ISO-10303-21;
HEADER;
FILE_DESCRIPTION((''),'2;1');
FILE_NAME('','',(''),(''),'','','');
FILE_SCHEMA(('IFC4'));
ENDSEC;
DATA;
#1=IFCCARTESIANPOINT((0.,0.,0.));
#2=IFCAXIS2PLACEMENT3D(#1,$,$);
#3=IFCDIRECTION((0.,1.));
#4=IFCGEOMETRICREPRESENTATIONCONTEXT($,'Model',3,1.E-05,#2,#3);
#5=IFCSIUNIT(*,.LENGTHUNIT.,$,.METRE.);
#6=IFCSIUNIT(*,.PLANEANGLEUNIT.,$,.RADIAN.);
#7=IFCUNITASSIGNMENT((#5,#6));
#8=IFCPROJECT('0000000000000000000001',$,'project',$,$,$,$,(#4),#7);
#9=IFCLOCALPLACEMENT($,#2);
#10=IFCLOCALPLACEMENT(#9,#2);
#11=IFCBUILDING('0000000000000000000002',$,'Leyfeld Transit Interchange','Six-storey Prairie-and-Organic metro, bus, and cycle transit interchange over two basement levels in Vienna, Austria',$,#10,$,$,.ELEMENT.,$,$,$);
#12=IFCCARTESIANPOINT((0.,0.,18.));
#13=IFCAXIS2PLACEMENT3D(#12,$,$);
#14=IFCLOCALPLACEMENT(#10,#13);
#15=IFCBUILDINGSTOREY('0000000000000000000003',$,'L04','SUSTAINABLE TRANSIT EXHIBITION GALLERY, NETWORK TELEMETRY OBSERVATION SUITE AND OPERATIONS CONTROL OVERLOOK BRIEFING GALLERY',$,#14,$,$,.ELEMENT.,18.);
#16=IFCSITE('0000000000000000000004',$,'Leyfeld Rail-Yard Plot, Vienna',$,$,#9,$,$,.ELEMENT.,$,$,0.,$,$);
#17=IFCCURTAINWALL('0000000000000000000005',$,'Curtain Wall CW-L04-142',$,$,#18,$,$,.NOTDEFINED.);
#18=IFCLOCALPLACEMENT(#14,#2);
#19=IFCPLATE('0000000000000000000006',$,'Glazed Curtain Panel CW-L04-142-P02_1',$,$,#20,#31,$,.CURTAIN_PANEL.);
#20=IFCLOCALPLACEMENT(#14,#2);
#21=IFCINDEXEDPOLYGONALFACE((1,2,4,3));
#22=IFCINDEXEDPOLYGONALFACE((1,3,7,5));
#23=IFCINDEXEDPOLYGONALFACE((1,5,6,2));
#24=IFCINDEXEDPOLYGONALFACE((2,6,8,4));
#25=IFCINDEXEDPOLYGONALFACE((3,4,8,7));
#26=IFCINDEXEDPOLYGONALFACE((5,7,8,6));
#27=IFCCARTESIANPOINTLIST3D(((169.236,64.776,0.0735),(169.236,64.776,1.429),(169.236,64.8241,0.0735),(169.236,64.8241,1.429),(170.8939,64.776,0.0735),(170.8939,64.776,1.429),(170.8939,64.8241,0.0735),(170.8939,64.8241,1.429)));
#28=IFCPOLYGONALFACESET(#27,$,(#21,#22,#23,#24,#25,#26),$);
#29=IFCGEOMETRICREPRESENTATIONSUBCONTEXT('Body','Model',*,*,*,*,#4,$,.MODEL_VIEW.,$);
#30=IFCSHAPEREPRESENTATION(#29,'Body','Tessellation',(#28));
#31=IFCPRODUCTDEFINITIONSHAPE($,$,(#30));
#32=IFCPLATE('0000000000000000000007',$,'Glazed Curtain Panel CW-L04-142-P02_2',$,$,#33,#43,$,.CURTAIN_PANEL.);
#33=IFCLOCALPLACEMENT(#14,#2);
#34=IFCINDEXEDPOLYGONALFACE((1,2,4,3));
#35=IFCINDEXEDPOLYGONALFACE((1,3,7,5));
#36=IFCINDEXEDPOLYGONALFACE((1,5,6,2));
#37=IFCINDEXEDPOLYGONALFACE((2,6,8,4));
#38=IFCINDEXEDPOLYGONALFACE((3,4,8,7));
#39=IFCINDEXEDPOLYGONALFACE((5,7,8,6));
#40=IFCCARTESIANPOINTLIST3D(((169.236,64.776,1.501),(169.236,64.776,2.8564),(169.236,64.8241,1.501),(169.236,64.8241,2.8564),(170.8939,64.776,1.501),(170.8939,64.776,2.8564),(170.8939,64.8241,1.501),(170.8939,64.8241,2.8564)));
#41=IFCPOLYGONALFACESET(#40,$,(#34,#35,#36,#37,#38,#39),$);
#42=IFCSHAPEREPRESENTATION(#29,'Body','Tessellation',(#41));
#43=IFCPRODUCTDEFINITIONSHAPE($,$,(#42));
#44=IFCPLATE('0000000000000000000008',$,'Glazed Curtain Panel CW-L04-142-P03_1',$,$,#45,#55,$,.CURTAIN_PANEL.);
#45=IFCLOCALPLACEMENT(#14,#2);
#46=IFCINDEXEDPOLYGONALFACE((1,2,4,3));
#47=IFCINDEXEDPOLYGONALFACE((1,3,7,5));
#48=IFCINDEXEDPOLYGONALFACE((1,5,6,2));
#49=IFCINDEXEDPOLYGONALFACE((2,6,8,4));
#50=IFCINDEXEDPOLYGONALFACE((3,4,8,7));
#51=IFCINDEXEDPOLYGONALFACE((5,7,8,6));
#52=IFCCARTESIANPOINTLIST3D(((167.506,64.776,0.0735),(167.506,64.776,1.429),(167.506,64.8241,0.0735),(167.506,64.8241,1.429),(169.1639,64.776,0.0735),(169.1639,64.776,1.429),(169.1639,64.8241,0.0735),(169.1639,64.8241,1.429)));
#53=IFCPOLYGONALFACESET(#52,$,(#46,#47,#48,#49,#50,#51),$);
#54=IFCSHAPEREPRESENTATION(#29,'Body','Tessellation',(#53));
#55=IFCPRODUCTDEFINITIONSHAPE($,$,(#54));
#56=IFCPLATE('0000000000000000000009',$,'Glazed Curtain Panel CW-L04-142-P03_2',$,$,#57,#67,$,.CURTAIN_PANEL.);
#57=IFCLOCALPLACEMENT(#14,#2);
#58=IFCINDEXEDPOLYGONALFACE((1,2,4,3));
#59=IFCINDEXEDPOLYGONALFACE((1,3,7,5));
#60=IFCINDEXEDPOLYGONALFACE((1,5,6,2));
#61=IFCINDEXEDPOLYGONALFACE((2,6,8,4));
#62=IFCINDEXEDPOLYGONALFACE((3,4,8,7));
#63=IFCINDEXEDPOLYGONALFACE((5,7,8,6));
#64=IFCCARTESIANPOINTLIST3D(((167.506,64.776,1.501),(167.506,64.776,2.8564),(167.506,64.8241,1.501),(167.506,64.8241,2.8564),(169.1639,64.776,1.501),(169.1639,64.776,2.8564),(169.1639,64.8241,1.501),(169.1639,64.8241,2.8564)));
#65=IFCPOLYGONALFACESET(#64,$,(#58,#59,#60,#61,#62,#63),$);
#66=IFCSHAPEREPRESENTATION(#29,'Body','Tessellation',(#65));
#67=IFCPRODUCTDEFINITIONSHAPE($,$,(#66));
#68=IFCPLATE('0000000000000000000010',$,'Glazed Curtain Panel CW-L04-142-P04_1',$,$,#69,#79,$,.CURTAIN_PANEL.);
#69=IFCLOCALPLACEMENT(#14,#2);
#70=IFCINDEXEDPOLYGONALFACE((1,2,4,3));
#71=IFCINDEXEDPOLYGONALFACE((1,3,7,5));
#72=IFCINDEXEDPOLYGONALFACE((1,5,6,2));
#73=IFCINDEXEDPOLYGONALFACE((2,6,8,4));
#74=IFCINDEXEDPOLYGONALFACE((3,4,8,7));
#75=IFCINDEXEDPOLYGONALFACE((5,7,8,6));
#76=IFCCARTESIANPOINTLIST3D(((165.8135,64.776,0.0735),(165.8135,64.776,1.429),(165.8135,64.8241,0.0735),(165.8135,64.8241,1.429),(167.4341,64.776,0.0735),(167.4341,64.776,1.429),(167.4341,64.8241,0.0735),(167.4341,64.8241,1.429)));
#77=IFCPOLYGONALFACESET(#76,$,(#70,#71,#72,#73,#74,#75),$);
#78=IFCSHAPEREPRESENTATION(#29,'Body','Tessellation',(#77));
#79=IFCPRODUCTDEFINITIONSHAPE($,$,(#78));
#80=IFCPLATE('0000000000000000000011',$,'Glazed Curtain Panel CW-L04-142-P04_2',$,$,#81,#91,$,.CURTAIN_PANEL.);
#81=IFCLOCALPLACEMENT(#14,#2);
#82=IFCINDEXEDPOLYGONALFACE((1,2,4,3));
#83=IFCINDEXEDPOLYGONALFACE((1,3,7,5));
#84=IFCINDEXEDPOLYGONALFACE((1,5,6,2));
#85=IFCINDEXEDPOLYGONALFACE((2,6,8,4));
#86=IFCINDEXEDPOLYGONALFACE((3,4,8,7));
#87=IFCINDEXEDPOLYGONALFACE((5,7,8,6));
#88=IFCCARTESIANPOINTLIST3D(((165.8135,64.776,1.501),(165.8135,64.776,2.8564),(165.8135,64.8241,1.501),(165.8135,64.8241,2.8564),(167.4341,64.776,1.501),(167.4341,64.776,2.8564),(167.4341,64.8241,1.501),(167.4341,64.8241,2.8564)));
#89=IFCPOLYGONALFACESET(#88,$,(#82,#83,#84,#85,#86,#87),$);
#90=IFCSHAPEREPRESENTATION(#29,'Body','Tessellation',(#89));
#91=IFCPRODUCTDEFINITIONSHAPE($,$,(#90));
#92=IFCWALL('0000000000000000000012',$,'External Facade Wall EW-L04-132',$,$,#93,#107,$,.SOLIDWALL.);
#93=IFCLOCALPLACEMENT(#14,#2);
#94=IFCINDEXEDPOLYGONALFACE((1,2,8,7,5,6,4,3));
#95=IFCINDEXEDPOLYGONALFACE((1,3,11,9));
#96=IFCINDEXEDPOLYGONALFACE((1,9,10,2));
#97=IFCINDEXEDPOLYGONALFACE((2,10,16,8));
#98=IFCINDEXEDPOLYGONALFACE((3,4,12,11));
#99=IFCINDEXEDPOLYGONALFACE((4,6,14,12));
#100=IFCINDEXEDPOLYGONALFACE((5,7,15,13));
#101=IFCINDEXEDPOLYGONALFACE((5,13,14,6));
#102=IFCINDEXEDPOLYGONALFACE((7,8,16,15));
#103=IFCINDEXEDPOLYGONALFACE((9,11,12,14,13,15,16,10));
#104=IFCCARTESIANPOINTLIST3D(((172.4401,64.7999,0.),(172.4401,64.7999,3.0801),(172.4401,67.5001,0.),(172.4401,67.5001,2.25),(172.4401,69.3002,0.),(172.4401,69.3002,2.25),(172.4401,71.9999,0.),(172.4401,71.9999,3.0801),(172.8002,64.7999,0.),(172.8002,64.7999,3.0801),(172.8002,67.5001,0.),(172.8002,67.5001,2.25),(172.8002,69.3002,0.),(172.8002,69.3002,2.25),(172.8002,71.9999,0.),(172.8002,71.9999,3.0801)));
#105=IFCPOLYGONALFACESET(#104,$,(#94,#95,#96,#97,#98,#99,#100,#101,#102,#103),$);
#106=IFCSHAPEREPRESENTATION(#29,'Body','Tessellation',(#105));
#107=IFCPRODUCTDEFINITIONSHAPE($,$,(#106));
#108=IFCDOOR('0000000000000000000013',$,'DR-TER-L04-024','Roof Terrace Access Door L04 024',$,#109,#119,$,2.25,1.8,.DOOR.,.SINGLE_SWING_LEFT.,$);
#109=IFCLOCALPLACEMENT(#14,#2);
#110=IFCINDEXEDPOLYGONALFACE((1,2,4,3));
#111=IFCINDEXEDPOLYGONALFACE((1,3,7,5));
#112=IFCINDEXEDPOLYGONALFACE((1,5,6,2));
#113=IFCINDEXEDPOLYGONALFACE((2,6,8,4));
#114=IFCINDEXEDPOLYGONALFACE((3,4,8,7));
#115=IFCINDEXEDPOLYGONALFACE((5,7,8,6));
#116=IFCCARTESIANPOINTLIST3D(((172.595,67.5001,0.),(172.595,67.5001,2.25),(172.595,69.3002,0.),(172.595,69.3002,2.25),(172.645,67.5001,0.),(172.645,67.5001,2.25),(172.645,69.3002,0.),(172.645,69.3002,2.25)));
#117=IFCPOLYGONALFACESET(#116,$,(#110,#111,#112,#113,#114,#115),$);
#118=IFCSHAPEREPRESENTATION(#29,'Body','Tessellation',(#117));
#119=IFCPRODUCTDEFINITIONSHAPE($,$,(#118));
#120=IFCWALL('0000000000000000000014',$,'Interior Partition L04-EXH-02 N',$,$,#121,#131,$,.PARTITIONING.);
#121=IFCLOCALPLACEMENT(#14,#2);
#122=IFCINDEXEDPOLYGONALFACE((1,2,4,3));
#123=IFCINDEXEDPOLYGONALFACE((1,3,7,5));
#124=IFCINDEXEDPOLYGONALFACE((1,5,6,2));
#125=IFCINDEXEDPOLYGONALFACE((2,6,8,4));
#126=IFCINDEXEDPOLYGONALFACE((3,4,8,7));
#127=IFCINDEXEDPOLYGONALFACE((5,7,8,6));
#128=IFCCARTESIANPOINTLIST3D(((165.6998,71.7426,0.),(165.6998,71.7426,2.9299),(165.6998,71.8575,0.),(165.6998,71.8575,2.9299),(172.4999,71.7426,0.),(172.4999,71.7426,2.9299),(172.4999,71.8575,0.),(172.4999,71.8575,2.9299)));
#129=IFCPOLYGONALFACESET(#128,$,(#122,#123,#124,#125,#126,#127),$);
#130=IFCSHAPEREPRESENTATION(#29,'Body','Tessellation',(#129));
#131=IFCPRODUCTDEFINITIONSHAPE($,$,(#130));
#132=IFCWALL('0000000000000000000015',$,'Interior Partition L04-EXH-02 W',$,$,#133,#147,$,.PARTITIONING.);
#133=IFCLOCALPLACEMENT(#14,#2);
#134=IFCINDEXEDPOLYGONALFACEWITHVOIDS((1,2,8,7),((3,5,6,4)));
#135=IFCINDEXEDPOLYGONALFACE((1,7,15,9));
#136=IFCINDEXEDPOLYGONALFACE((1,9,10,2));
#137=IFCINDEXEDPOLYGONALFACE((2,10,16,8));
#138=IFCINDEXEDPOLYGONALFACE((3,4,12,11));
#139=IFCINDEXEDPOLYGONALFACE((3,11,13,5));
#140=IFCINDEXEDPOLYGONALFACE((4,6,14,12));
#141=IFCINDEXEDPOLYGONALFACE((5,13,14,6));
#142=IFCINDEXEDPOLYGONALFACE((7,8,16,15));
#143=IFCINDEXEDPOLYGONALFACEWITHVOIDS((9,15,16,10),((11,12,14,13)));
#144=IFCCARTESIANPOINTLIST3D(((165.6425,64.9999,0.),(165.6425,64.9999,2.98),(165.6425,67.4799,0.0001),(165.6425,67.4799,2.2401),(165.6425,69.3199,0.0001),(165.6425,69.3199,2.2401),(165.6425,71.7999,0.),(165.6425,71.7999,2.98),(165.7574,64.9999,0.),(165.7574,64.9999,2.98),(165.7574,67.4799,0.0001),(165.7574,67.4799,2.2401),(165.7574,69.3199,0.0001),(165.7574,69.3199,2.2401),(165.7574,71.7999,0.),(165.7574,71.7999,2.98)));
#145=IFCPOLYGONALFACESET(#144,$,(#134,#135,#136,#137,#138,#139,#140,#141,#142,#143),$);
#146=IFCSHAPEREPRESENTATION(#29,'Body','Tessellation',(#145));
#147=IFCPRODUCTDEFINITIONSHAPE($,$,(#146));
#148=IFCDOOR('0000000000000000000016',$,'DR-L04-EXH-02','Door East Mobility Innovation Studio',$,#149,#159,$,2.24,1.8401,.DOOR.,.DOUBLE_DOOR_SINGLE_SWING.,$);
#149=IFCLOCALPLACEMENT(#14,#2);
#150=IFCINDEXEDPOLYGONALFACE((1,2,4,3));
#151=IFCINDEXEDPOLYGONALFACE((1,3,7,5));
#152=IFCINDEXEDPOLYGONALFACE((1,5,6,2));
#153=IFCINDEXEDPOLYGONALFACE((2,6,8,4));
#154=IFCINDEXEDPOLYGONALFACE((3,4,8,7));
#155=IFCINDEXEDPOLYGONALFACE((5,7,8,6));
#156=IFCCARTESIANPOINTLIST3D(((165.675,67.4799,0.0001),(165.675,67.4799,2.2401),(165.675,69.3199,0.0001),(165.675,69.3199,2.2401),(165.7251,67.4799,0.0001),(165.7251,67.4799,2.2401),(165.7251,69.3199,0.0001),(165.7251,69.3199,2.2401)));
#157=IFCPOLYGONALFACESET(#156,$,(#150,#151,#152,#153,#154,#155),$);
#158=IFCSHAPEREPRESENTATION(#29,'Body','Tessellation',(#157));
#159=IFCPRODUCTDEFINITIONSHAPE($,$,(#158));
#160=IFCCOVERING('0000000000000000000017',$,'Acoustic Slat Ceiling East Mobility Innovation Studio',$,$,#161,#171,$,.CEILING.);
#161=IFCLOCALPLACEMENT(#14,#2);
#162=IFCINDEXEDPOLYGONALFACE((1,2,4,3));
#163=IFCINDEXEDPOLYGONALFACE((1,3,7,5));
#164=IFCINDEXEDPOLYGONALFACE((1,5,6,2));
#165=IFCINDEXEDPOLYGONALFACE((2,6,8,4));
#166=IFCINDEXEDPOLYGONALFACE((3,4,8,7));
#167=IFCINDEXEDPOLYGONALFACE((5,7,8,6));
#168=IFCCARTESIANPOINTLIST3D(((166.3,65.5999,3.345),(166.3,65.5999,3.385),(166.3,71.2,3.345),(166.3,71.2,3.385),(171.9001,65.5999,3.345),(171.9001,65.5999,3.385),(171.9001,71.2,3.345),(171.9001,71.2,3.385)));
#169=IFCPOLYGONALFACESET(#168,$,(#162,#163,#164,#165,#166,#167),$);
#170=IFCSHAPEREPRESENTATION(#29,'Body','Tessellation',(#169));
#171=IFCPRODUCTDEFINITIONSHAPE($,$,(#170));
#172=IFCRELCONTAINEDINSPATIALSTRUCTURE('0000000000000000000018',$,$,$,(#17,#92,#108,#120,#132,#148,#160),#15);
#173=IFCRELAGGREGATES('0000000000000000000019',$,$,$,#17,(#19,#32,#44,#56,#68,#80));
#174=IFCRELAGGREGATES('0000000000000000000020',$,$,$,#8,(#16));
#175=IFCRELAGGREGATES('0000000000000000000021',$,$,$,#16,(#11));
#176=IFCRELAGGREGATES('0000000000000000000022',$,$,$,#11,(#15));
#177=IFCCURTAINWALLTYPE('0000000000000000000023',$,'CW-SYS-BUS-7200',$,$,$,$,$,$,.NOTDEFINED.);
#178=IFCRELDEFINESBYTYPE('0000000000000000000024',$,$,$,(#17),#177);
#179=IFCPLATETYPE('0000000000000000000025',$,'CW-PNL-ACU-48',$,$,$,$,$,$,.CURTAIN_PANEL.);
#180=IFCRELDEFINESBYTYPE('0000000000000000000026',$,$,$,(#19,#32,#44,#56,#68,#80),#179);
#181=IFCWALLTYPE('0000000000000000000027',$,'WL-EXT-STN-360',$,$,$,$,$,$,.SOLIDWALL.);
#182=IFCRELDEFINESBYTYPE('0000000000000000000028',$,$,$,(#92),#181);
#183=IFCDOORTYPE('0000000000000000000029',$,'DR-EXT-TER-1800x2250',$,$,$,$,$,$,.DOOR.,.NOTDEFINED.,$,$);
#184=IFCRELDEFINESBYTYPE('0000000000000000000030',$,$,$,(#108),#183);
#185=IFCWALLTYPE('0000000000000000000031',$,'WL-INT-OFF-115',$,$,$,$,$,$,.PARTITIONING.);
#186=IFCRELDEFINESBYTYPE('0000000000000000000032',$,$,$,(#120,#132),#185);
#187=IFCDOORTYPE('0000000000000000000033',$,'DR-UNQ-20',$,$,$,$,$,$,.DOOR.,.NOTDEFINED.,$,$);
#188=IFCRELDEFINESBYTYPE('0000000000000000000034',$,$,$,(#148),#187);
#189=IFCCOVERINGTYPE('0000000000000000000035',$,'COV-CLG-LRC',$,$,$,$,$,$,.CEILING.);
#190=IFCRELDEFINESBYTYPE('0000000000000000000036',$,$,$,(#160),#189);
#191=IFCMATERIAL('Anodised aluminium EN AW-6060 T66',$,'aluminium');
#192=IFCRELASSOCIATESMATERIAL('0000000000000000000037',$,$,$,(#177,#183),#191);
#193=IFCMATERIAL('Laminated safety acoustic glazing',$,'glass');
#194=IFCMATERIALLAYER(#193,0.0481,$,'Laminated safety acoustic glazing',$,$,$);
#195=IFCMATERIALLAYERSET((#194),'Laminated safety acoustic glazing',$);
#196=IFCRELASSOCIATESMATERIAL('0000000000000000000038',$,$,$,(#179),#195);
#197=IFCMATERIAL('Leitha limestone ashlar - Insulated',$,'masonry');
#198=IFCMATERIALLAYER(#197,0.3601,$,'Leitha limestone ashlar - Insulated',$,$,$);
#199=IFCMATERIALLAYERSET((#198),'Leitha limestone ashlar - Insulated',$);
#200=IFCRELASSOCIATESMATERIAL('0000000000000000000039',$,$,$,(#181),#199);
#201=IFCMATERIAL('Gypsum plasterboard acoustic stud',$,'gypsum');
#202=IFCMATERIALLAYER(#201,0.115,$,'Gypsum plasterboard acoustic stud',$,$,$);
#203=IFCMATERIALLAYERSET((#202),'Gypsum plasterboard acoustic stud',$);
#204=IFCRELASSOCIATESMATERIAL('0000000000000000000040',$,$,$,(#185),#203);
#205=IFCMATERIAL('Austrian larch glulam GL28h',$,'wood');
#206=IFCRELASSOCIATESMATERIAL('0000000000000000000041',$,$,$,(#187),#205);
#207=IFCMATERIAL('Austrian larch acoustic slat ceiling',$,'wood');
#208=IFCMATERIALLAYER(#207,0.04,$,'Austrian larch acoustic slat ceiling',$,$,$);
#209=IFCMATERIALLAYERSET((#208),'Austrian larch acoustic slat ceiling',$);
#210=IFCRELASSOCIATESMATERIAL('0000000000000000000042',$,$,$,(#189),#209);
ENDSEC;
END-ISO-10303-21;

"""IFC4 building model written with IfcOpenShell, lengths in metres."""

from ifc_helpers import new_model, si_unit, direction, frame, frame_2d, origin, origin_2d, place, context, subcontext, project, spatial, rectangle, extrude, material, layer, layer_set, type_object, element, fill, aggregate, save


model = new_model("IFC4")

# Units and contexts
model_context = context("Model", 3, precision=1e-05, world=origin(), true_north=direction((0.0, 1.0)))
body_context = subcontext(model_context, "Body", "Model", "MODEL_VIEW")
ifc_project = project(units=[si_unit("LENGTHUNIT", "METRE"), si_unit("PLANEANGLEUNIT", "RADIAN")], contexts=[model_context])

# Site, building, storey
site_placement = place(None, origin())
site = spatial("IfcSite", under=ifc_project, at=site_placement, Name="Leyfeld Rail-Yard Plot, Vienna", CompositionType="ELEMENT", RefElevation=0.0)
building_placement = place(site_placement, origin())
building = spatial("IfcBuilding", under=site, at=building_placement, Name="Leyfeld Transit Interchange", Description="Six-storey Prairie-and-Organic metro, bus, and cycle transit interchange over two basement levels in Vienna, Austria", CompositionType="ELEMENT")
storey_placement = place(building_placement, frame((0.0, 0.0, 18.0)))
storey = spatial("IfcBuildingStorey", under=building, at=storey_placement, Name="L04", Description="SUSTAINABLE TRANSIT EXHIBITION GALLERY, NETWORK TELEMETRY OBSERVATION SUITE AND OPERATIONS CONTROL OVERLOOK BRIEFING GALLERY", CompositionType="ELEMENT", Elevation=18.0)

# Curtain wall, plates
ifc_material_1 = material(Name="Anodised aluminium EN AW-6060 T66", Category="aluminium")
curtain_wall_type = type_object("IfcCurtainWallType", Name="CW-SYS-BUS-7200", PredefinedType="NOTDEFINED", material=ifc_material_1)
curtain_wall_placement = place(storey_placement, origin())
curtain_wall = element("IfcCurtainWall", 1, at=curtain_wall_placement, inside=storey, type_object=curtain_wall_type, Name="Curtain Wall CW-L04-142", PredefinedType="NOTDEFINED")
ifc_material_2 = material(Name="Laminated safety acoustic glazing", Category="glass")
ifc_layer_1 = layer(ifc_material_2, 0.0481, Name="Laminated safety acoustic glazing")
ifc_layer_set_1 = layer_set([ifc_layer_1], Name="Laminated safety acoustic glazing")
plate_type = type_object("IfcPlateType", Name="CW-PNL-ACU-48", PredefinedType="CURTAIN_PANEL", material=ifc_layer_set_1)
plate_1_placement = place(storey_placement, frame((170.0649, 64.8, 0.0735), z_axis=(0.0, 0.0, 1.0), x_axis=(-1.0, 0.0, 0.0)))
plate_1 = element("IfcPlate", 2, at=plate_1_placement, type_object=plate_type, Name="Glazed Curtain Panel CW-L04-142-P02_1", PredefinedType="CURTAIN_PANEL", context=body_context, shape_type="SweptSolid", body=[
    extrude(rectangle(XDim=1.658, YDim=0.0481, at=origin_2d()), origin(), (0.0, 0.0, 1.0), 1.3555),
])
plate_2_placement = place(storey_placement, frame((170.0649, 64.8, 1.501), z_axis=(0.0, 0.0, 1.0), x_axis=(-1.0, 0.0, 0.0)))
plate_2 = element("IfcPlate", 3, at=plate_2_placement, type_object=plate_type, Name="Glazed Curtain Panel CW-L04-142-P02_2", PredefinedType="CURTAIN_PANEL", context=body_context, shape_type="SweptSolid", body=[
    extrude(rectangle(XDim=1.658, YDim=0.0481, at=origin_2d()), origin(), (0.0, 0.0, 1.0), 1.3555),
])
plate_3_placement = place(storey_placement, frame((168.335, 64.8, 0.0735), z_axis=(0.0, 0.0, 1.0), x_axis=(-1.0, 0.0, 0.0)))
plate_3 = element("IfcPlate", 4, at=plate_3_placement, type_object=plate_type, Name="Glazed Curtain Panel CW-L04-142-P03_1", PredefinedType="CURTAIN_PANEL", context=body_context, shape_type="SweptSolid", body=[
    extrude(rectangle(XDim=1.658, YDim=0.0481, at=origin_2d()), origin(), (0.0, 0.0, 1.0), 1.3555),
])
plate_4_placement = place(storey_placement, frame((168.335, 64.8, 1.501), z_axis=(0.0, 0.0, 1.0), x_axis=(-1.0, 0.0, 0.0)))
plate_4 = element("IfcPlate", 5, at=plate_4_placement, type_object=plate_type, Name="Glazed Curtain Panel CW-L04-142-P03_2", PredefinedType="CURTAIN_PANEL", context=body_context, shape_type="SweptSolid", body=[
    extrude(rectangle(XDim=1.658, YDim=0.0481, at=origin_2d()), origin(), (0.0, 0.0, 1.0), 1.3555),
])
plate_5_placement = place(storey_placement, frame((166.6238, 64.8, 0.0735), z_axis=(0.0, 0.0, 1.0), x_axis=(-1.0, 0.0, 0.0)))
plate_5 = element("IfcPlate", 6, at=plate_5_placement, type_object=plate_type, Name="Glazed Curtain Panel CW-L04-142-P04_1", PredefinedType="CURTAIN_PANEL", context=body_context, shape_type="SweptSolid", body=[
    extrude(rectangle(XDim=1.6206, YDim=0.0481, at=origin_2d()), origin(), (0.0, 0.0, 1.0), 1.3555),
])
plate_6_placement = place(storey_placement, frame((166.6238, 64.8, 1.501), z_axis=(0.0, 0.0, 1.0), x_axis=(-1.0, 0.0, 0.0)))
plate_6 = element("IfcPlate", 7, at=plate_6_placement, type_object=plate_type, Name="Glazed Curtain Panel CW-L04-142-P04_2", PredefinedType="CURTAIN_PANEL", context=body_context, shape_type="SweptSolid", body=[
    extrude(rectangle(XDim=1.6206, YDim=0.0481, at=origin_2d()), origin(), (0.0, 0.0, 1.0), 1.3555),
])
aggregate(curtain_wall, [plate_1, plate_2, plate_3, plate_4, plate_5, plate_6])

# Wall, opening, door
ifc_material_3 = material(Name="Leitha limestone ashlar - Insulated", Category="masonry")
ifc_layer_2 = layer(ifc_material_3, 0.3601, Name="Leitha limestone ashlar - Insulated")
ifc_layer_set_2 = layer_set([ifc_layer_2], Name="Leitha limestone ashlar - Insulated")
wall_type_1 = type_object("IfcWallType", Name="WL-EXT-STN-360", PredefinedType="SOLIDWALL", material=ifc_layer_set_2)
wall_1_placement = place(storey_placement, frame((172.6201, 72.0, 0.0), z_axis=(0.0, 0.0, 1.0), x_axis=(0.0, -1.0, 0.0)))
wall_1 = element("IfcWall", 8, at=wall_1_placement, inside=storey, type_object=wall_type_1, Name="External Facade Wall EW-L04-132", PredefinedType="SOLIDWALL", context=body_context, shape_type="SweptSolid", body=[
    extrude(rectangle(XDim=7.2, YDim=0.3601, at=frame_2d((3.6001, 0.0))), origin(), (0.0, 0.0, 1.0), 3.0801),
])
opening_1_placement = place(wall_1_placement, frame((2.7, 0.0, 0.0)))
opening_1 = element("IfcOpeningElement", 9, at=opening_1_placement, cuts=wall_1, PredefinedType="OPENING", context=body_context, shape_type="SweptSolid", body=[
    extrude(rectangle(XDim=1.8, YDim=2.25, at=frame_2d((0.8999, 1.125))), frame((0.0, 0.1899, 0.0), z_axis=(0.0, -1.0, 0.0), x_axis=(1.0, 0.0, 0.0)), (0.0, 0.0, 1.0), 0.3801),
])
door_type_1 = type_object("IfcDoorType", Name="DR-EXT-TER-1800x2250", OperationType="NOTDEFINED", PredefinedType="DOOR", material=ifc_material_1)
door_1_placement = place(opening_1_placement, origin())
door_1 = element("IfcDoor", 10, at=door_1_placement, inside=storey, type_object=door_type_1, Name="DR-TER-L04-024", Description="Roof Terrace Access Door L04 024", OperationType="SINGLE_SWING_LEFT", OverallHeight=2.25, OverallWidth=1.8, PredefinedType="DOOR", context=body_context, shape_type="SweptSolid", body=[
    extrude(rectangle(XDim=1.8, YDim=2.25, at=frame_2d((0.8999, 1.125))), frame((0.0, 0.0249, 0.0), z_axis=(0.0, -1.0, 0.0), x_axis=(1.0, 0.0, 0.0)), (0.0, 0.0, 1.0), 0.05),
])
fill(opening_1, door_1)

# Wall
ifc_material_4 = material(Name="Gypsum plasterboard acoustic stud", Category="gypsum")
ifc_layer_3 = layer(ifc_material_4, 0.115, Name="Gypsum plasterboard acoustic stud")
ifc_layer_set_3 = layer_set([ifc_layer_3], Name="Gypsum plasterboard acoustic stud")
wall_type_2 = type_object("IfcWallType", Name="WL-INT-OFF-115", PredefinedType="PARTITIONING", material=ifc_layer_set_3)
wall_2_placement = place(storey_placement, frame((165.7, 71.8, 0.0), z_axis=(0.0, 0.0, 1.0), x_axis=(1.0, 0.0, 0.0)))
element("IfcWall", 11, at=wall_2_placement, inside=storey, type_object=wall_type_2, Name="Interior Partition L04-EXH-02 N", PredefinedType="PARTITIONING", context=body_context, shape_type="SweptSolid", body=[
    extrude(rectangle(XDim=6.8, YDim=0.115, at=frame_2d((3.3999, 0.0))), origin(), (0.0, 0.0, 1.0), 2.9299),
])

# Wall, opening, door
wall_3_placement = place(storey_placement, frame((165.7, 65.0, 0.0), z_axis=(0.0, 0.0, 1.0), x_axis=(0.0, 1.0, 0.0)))
wall_3 = element("IfcWall", 12, at=wall_3_placement, inside=storey, type_object=wall_type_2, Name="Interior Partition L04-EXH-02 W", PredefinedType="PARTITIONING", context=body_context, shape_type="SweptSolid", body=[
    extrude(rectangle(XDim=6.8, YDim=0.115, at=frame_2d((3.3999, 0.0))), origin(), (0.0, 0.0, 1.0), 2.98),
])
opening_2_placement = place(wall_3_placement, frame((2.48, 0.0, 0.0)))
opening_2 = element("IfcOpeningElement", 13, at=opening_2_placement, cuts=wall_3, PredefinedType="OPENING", context=body_context, shape_type="SweptSolid", body=[
    extrude(rectangle(XDim=1.8401, YDim=2.24, at=frame_2d((0.9199, 1.1201))), frame((0.0, 0.0674, 0.0), z_axis=(0.0, -1.0, 0.0), x_axis=(1.0, 0.0, 0.0)), (0.0, 0.0, 1.0), 0.135),
])
ifc_material_5 = material(Name="Austrian larch glulam GL28h", Category="wood")
door_type_2 = type_object("IfcDoorType", Name="DR-UNQ-20", OperationType="NOTDEFINED", PredefinedType="DOOR", material=ifc_material_5)
door_2_placement = place(opening_2_placement, origin())
door_2 = element("IfcDoor", 14, at=door_2_placement, inside=storey, type_object=door_type_2, Name="DR-L04-EXH-02", Description="Door East Mobility Innovation Studio", OperationType="DOUBLE_DOOR_SINGLE_SWING", OverallHeight=2.24, OverallWidth=1.8401, PredefinedType="DOOR", context=body_context, shape_type="SweptSolid", body=[
    extrude(rectangle(XDim=1.8401, YDim=2.24, at=frame_2d((0.9199, 1.1201))), frame((0.0, 0.0249, 0.0), z_axis=(0.0, -1.0, 0.0), x_axis=(1.0, 0.0, 0.0)), (0.0, 0.0, 1.0), 0.05),
])
fill(opening_2, door_2)

# Covering
ifc_material_6 = material(Name="Austrian larch acoustic slat ceiling", Category="wood")
ifc_layer_4 = layer(ifc_material_6, 0.04, Name="Austrian larch acoustic slat ceiling")
ifc_layer_set_4 = layer_set([ifc_layer_4], Name="Austrian larch acoustic slat ceiling")
covering_type_1 = type_object("IfcCoveringType", Name="COV-CLG-LRC", PredefinedType="CEILING", material=ifc_layer_set_4)
covering_1_placement = place(storey_placement, frame((169.1001, 68.3999, 3.345), z_axis=(0.0, 0.0, 1.0), x_axis=(1.0, 0.0, 0.0)))
element("IfcCovering", 15, at=covering_1_placement, inside=storey, type_object=covering_type_1, Name="Acoustic Slat Ceiling East Mobility Innovation Studio", PredefinedType="CEILING", context=body_context, shape_type="SweptSolid", body=[
    extrude(rectangle(XDim=5.6001, YDim=5.6001, at=origin_2d()), origin(), (0.0, 0.0, 1.0), 0.04),
])

save(model, "model.ifc")
